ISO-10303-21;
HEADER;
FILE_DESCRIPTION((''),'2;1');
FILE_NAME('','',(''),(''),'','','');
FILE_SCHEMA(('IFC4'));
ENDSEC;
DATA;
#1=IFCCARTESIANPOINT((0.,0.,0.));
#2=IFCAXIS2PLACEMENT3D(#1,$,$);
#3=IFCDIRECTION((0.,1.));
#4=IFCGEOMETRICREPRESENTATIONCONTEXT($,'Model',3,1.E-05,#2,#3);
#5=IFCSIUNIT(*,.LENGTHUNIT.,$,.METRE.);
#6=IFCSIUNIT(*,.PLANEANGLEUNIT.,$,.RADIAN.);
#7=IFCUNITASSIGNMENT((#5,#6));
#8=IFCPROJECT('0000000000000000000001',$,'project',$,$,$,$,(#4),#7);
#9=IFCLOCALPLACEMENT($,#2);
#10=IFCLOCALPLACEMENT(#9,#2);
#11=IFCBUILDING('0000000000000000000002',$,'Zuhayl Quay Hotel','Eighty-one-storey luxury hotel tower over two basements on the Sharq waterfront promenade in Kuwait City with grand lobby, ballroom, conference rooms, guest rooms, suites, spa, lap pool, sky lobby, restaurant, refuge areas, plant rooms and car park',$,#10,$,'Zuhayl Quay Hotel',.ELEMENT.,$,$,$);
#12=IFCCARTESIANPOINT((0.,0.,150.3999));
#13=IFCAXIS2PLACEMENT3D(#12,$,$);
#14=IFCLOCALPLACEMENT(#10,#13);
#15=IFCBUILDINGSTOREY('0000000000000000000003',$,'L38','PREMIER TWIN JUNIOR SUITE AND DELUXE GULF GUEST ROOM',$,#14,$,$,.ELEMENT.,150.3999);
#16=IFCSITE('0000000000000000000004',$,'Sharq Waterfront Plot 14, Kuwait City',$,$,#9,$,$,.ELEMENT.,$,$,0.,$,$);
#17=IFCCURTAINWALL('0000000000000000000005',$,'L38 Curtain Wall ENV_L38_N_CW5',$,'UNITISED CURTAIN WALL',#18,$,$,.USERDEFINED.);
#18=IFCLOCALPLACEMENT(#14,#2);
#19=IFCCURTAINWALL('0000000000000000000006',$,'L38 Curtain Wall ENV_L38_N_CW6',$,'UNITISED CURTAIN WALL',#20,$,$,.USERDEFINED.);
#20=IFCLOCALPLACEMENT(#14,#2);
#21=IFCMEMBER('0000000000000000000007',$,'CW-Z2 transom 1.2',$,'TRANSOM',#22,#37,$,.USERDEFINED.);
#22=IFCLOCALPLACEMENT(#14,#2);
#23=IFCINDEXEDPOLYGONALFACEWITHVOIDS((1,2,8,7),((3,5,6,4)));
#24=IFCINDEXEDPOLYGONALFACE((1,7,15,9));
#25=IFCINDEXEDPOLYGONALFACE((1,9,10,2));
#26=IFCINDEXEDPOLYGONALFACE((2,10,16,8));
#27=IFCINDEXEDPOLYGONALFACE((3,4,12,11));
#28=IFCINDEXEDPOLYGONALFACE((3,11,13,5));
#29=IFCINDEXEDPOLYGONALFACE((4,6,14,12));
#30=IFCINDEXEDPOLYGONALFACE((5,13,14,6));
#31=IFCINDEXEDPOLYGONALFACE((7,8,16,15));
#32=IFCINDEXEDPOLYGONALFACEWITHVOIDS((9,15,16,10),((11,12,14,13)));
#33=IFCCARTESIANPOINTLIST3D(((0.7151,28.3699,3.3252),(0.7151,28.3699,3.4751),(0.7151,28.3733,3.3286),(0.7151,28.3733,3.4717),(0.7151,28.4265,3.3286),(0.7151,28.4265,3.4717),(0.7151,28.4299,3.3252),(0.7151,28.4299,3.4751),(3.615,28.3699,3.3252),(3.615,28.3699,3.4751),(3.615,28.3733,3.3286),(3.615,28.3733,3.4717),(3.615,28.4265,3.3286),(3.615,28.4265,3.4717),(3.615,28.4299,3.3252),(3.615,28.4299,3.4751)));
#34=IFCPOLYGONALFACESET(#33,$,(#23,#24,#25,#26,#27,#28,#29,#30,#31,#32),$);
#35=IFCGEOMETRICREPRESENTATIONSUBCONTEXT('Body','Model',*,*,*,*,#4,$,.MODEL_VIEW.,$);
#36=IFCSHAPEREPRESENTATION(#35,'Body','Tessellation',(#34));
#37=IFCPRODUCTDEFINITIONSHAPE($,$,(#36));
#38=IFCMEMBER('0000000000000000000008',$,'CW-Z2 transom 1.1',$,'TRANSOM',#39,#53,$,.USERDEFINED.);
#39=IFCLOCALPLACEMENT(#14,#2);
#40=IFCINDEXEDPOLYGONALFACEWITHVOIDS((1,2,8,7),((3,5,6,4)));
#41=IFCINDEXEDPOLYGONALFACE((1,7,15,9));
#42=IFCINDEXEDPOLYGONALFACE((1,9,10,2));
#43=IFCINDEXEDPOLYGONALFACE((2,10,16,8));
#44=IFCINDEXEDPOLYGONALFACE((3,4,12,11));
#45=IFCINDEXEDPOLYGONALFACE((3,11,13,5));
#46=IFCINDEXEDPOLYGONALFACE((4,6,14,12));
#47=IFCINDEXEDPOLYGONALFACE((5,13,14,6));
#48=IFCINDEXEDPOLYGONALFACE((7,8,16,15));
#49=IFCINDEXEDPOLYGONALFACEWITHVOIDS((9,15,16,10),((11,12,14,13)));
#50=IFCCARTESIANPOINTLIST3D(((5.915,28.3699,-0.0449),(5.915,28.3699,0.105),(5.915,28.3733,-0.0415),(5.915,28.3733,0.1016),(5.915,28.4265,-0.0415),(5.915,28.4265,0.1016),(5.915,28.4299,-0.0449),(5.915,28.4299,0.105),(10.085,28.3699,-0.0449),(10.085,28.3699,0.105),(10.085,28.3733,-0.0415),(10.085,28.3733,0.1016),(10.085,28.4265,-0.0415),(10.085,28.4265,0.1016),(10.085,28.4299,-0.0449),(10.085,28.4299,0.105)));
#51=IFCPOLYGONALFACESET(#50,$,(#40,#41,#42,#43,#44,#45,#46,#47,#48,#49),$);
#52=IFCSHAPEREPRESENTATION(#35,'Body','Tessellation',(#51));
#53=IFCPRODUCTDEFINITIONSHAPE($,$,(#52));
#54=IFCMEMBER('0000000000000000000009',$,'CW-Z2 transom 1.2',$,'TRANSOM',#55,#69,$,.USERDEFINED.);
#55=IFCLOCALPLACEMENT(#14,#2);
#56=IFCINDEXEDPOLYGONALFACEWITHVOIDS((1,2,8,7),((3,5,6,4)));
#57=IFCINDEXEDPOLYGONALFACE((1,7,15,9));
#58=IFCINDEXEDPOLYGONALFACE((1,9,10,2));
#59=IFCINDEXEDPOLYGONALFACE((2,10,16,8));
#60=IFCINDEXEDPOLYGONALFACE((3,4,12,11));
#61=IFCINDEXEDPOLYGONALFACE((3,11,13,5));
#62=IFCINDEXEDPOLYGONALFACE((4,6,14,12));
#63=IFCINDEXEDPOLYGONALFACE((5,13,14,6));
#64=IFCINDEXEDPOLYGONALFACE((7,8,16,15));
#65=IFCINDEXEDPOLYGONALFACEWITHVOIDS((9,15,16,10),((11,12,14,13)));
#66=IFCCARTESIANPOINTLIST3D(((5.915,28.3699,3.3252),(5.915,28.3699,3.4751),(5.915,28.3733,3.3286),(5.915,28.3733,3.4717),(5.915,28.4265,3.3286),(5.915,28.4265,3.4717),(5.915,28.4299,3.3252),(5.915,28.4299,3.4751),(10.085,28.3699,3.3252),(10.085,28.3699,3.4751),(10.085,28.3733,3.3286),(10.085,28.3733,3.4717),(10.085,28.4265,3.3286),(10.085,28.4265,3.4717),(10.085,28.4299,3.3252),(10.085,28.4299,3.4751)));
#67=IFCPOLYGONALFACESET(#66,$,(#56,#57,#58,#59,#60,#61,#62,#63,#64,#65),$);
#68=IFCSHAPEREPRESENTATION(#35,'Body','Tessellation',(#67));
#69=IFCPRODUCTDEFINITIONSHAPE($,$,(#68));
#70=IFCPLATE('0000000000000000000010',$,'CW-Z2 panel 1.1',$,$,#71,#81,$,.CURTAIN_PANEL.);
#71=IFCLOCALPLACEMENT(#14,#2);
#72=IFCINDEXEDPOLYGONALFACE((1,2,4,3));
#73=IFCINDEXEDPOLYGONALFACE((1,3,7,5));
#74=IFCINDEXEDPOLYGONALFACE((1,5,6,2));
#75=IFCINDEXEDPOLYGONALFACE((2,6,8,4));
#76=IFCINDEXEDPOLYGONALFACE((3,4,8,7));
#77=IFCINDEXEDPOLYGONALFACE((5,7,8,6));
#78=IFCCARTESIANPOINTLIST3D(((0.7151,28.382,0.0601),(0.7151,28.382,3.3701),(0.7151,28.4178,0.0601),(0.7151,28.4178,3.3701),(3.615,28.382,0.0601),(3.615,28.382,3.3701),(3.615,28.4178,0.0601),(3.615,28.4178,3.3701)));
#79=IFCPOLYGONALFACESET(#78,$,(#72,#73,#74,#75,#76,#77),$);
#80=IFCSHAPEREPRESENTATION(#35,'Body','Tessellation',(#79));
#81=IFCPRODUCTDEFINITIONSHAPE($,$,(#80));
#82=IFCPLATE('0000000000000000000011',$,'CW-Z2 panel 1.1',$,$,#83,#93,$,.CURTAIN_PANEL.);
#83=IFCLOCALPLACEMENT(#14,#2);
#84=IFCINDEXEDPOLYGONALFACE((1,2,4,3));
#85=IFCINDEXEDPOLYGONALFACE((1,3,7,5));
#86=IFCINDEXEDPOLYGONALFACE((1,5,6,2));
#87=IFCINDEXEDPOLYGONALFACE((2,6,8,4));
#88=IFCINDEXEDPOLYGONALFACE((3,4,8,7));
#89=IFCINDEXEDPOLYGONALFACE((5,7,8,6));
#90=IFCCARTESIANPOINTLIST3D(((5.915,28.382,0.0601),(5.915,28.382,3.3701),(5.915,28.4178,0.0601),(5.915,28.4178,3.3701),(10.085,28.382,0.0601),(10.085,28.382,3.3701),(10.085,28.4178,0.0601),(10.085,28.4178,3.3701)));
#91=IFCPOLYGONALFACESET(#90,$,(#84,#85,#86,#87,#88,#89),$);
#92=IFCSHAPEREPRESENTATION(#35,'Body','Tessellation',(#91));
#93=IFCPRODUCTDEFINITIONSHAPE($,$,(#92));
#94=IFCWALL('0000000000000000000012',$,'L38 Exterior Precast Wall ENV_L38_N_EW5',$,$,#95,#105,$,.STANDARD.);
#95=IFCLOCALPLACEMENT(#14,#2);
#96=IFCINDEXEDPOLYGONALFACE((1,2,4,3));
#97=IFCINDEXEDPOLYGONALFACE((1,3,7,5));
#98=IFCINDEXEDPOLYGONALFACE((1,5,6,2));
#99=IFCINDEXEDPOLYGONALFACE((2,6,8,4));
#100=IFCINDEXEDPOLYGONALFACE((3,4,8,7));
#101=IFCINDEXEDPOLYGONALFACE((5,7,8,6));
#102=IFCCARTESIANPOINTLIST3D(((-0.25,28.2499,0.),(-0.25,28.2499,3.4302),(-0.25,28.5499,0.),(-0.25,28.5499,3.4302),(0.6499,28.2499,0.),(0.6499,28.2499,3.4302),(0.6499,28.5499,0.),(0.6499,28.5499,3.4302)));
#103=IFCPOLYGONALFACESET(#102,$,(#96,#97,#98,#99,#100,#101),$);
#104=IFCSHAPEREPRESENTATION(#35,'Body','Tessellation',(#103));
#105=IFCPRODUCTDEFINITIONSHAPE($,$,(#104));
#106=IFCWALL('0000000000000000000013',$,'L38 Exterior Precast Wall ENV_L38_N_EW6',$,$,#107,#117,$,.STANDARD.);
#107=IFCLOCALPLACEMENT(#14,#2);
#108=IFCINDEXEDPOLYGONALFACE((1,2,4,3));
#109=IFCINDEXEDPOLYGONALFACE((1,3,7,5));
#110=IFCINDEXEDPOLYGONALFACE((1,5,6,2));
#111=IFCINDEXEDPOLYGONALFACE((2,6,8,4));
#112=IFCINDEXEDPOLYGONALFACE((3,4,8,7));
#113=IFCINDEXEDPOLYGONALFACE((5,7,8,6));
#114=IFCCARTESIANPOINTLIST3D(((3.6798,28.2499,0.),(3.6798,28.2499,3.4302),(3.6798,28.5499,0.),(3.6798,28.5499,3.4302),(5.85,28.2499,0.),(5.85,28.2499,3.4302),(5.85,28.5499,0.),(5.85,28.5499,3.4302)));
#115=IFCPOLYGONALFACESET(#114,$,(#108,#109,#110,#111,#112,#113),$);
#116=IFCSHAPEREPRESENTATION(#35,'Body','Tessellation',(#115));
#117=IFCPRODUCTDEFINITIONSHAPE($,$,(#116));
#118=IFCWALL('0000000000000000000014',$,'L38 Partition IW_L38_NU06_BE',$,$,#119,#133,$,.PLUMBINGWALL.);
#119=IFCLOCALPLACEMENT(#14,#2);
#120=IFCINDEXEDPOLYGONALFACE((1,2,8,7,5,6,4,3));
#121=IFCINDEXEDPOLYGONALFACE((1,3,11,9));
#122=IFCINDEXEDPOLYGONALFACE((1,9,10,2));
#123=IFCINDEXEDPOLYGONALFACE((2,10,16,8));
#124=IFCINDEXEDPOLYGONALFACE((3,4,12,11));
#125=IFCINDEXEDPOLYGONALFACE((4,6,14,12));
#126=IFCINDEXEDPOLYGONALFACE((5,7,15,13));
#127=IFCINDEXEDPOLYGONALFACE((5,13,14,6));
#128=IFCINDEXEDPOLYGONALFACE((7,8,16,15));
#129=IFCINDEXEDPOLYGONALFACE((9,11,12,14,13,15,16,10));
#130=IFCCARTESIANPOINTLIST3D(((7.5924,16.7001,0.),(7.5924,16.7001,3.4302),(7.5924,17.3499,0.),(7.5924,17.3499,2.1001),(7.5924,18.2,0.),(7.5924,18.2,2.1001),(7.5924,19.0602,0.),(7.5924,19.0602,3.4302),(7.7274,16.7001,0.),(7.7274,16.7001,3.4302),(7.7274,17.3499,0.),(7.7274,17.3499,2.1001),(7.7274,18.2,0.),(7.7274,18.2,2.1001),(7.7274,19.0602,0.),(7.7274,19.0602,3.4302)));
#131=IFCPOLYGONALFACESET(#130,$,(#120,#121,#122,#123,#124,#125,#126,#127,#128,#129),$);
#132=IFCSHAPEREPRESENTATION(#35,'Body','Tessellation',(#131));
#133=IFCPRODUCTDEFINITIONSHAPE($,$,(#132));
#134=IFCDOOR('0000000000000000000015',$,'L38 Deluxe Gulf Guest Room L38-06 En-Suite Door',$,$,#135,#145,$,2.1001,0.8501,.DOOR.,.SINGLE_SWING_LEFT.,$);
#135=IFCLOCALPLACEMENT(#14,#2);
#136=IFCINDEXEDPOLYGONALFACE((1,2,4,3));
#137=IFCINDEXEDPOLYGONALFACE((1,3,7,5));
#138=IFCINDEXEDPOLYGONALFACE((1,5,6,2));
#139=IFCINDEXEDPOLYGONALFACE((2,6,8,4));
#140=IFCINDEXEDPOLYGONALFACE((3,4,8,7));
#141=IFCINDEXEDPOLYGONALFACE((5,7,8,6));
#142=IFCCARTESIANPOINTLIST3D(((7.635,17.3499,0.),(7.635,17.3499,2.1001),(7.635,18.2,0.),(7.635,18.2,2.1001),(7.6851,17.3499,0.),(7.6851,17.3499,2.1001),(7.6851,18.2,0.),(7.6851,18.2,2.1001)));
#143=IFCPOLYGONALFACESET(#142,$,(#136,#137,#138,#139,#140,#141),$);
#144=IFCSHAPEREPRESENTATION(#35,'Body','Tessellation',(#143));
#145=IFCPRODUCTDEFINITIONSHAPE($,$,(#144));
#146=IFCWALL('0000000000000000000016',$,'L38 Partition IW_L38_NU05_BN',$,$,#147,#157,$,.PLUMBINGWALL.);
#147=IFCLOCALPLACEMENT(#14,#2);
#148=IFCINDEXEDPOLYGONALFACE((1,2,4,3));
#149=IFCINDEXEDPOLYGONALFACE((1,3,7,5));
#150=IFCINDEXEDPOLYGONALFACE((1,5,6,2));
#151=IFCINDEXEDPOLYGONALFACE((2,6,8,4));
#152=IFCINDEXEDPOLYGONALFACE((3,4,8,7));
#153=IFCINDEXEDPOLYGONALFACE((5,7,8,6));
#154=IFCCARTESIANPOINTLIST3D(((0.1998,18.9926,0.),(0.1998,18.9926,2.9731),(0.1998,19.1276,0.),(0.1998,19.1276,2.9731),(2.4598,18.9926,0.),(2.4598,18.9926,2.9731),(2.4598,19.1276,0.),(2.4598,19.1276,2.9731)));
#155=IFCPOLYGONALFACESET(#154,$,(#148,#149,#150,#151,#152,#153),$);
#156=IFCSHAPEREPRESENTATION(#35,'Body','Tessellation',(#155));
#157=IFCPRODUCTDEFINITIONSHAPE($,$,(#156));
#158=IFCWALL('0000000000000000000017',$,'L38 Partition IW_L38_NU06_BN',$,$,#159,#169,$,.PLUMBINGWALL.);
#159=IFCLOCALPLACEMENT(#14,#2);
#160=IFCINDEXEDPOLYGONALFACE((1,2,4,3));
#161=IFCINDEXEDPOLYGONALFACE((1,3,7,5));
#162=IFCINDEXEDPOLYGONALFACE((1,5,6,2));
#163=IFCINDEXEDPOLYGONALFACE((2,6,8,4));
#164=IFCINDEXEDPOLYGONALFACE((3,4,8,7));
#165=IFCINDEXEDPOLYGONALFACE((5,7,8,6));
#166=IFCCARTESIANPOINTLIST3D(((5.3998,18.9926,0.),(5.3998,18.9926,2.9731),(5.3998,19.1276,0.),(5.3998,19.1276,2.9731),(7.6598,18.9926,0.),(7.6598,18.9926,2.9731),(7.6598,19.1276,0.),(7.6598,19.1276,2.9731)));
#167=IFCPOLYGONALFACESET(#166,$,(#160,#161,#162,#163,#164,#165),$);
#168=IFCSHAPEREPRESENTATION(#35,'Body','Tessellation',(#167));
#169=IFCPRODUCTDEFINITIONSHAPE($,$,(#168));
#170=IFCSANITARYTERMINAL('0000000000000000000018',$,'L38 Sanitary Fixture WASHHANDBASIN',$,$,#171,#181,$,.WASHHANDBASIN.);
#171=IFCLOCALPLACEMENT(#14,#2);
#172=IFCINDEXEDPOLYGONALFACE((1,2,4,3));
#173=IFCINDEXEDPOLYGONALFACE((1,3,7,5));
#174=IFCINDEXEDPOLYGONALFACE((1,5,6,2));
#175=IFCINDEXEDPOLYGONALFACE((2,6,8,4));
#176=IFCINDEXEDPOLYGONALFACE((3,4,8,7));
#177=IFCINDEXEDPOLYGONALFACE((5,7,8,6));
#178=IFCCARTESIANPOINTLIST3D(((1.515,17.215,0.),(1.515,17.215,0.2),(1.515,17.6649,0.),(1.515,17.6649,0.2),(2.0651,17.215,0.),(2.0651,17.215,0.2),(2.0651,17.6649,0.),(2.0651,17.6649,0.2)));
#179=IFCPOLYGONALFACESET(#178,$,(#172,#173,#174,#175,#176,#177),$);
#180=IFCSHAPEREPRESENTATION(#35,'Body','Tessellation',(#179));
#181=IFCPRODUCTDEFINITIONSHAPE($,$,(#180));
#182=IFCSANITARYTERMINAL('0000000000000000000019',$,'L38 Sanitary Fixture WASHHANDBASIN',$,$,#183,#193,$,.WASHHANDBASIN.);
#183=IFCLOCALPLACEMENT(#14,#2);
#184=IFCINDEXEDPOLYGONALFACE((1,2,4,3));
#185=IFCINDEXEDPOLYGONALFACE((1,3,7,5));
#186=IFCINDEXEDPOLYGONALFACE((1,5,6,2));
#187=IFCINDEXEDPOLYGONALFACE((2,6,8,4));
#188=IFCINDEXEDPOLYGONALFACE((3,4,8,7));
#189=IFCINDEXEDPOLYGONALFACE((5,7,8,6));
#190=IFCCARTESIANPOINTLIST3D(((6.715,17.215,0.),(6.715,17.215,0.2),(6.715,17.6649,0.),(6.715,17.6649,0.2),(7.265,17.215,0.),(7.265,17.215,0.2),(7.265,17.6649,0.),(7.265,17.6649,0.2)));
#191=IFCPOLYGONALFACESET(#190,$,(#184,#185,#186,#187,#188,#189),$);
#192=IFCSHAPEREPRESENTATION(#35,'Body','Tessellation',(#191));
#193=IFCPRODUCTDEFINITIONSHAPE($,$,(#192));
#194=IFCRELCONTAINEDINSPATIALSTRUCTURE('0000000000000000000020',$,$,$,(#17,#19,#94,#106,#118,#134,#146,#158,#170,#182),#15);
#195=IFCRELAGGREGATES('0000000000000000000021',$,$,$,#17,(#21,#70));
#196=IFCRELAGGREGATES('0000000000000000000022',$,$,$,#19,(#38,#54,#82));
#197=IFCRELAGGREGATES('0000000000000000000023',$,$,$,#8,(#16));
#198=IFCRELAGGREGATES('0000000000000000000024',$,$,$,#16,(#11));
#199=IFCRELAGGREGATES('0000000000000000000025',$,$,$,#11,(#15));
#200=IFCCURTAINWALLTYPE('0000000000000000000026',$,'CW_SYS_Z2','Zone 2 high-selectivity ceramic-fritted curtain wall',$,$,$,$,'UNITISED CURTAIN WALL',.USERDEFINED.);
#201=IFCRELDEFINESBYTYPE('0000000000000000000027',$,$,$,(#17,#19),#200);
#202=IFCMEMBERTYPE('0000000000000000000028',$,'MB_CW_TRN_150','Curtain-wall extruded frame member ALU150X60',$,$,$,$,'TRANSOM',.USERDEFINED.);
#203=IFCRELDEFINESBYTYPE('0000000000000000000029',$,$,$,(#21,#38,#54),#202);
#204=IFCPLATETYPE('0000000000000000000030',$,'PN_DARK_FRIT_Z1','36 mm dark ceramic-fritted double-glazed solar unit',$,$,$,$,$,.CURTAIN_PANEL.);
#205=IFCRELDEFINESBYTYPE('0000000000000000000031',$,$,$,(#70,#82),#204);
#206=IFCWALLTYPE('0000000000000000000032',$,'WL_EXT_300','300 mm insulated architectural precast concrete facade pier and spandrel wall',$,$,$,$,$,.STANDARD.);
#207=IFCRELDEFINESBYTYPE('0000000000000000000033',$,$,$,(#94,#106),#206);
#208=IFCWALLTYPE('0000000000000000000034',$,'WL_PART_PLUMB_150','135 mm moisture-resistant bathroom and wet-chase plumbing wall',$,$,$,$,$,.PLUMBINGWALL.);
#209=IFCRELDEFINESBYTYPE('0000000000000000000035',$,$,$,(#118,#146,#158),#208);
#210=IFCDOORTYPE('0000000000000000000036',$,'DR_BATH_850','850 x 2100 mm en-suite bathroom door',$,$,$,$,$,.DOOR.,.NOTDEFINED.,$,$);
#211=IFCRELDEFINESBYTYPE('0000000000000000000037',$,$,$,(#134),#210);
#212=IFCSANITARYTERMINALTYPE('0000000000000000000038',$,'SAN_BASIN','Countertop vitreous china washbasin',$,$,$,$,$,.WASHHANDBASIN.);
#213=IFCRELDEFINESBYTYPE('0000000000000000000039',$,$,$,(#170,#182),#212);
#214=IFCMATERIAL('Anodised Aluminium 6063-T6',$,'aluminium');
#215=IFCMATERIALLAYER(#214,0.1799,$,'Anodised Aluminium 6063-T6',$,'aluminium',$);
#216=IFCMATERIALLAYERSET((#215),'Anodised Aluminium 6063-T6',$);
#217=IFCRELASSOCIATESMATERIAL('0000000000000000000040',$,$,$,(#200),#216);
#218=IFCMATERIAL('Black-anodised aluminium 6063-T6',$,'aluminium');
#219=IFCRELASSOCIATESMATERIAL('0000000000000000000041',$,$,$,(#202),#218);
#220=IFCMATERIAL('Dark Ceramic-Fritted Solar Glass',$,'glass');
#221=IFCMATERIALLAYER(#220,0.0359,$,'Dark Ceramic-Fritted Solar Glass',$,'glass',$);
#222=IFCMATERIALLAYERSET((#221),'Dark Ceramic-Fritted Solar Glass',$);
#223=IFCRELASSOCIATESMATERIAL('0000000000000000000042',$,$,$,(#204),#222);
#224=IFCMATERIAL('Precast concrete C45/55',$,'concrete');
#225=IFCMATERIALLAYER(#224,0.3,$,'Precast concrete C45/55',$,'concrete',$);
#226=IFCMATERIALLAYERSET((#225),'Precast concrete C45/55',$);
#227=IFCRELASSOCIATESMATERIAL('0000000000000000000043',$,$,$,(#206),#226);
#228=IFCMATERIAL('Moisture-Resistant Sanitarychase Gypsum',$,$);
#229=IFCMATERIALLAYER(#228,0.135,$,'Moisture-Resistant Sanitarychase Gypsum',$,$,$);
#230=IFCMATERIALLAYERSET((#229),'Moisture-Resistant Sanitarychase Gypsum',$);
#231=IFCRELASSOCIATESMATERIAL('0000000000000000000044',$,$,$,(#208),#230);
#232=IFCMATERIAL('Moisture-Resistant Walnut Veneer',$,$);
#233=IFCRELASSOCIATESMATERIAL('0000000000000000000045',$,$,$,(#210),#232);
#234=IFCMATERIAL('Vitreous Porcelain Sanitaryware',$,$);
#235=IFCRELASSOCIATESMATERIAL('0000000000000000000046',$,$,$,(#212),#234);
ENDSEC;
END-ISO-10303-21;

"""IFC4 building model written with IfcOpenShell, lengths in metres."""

from ifc_helpers import new_model, si_unit, direction, frame, frame_2d, origin, origin_2d, place, context, subcontext, project, spatial, rectangle, hollow_rectangle, extrude, material, layer, layer_set, material_profile, profile_set, type_object, element, fill, aggregate, save


model = new_model("IFC4")

# Units and contexts
model_context = context("Model", 3, precision=1e-05, world=origin(), true_north=direction((0.0, 1.0)))
body_context = subcontext(model_context, "Body", "Model", "MODEL_VIEW")
ifc_project = project(units=[si_unit("LENGTHUNIT", "METRE"), si_unit("PLANEANGLEUNIT", "RADIAN")], contexts=[model_context])

# Site, building, storey
site_placement = place(None, origin())
site = spatial("IfcSite", under=ifc_project, at=site_placement, Name="Sharq Waterfront Plot 14, Kuwait City", CompositionType="ELEMENT", RefElevation=0.0)
building_placement = place(site_placement, origin())
building = spatial("IfcBuilding", under=site, at=building_placement, Name="Zuhayl Quay Hotel", Description="Eighty-one-storey luxury hotel tower over two basements on the Sharq waterfront promenade in Kuwait City with grand lobby, ballroom, conference rooms, guest rooms, suites, spa, lap pool, sky lobby, restaurant, refuge areas, plant rooms and car park", LongName="Zuhayl Quay Hotel", CompositionType="ELEMENT")
storey_placement = place(building_placement, frame((0.0, 0.0, 150.3999)))
storey = spatial("IfcBuildingStorey", under=building, at=storey_placement, Name="L38", Description="PREMIER TWIN JUNIOR SUITE AND DELUXE GULF GUEST ROOM", CompositionType="ELEMENT", Elevation=150.3999)

# Shared definitions
ifc_material_1 = material(Name="Anodised Aluminium 6063-T6", Category="aluminium")
ifc_layer_1 = layer(ifc_material_1, 0.1799, Name="Anodised Aluminium 6063-T6", Category="aluminium")
ifc_layer_set_1 = layer_set([ifc_layer_1], Name="Anodised Aluminium 6063-T6")
curtain_wall_type = type_object("IfcCurtainWallType", Name="CW_SYS_Z2", Description="Zone 2 high-selectivity ceramic-fritted curtain wall", ElementType="UNITISED CURTAIN WALL", PredefinedType="USERDEFINED", material=ifc_layer_set_1)
ifc_material_2 = material(Name="Black-anodised aluminium 6063-T6", Category="aluminium")

# Curtain wall
curtain_wall_1_placement = place(storey_placement, origin())
curtain_wall_1 = element("IfcCurtainWall", 1, at=curtain_wall_1_placement, inside=storey, type_object=curtain_wall_type, Name="L38 Curtain Wall ENV_L38_N_CW5", ObjectType="UNITISED CURTAIN WALL", PredefinedType="USERDEFINED")

# Curtain wall
curtain_wall_2_placement = place(storey_placement, origin())
curtain_wall_2 = element("IfcCurtainWall", 2, at=curtain_wall_2_placement, inside=storey, type_object=curtain_wall_type, Name="L38 Curtain Wall ENV_L38_N_CW6", ObjectType="UNITISED CURTAIN WALL", PredefinedType="USERDEFINED")

# Members
ifc_material_profile_1 = material_profile(ifc_material_2, hollow_rectangle(XDim=0.0601, YDim=0.1499, WallThickness=0.0034, at=origin_2d()), Name="ALU150X60")
ifc_profile_set_1 = profile_set([ifc_material_profile_1], Name="Black-anodised aluminium 6063-T6")
member_type_1 = type_object("IfcMemberType", Name="MB_CW_TRN_150", Description="Curtain-wall extruded frame member ALU150X60", ElementType="TRANSOM", PredefinedType="USERDEFINED", material=ifc_profile_set_1)
member_1_placement = place(storey_placement, frame((0.7151, 28.3999, 3.4001), z_axis=(1.0, 0.0, 0.0), x_axis=(0.0, 1.0, 0.0)))
member_1 = element("IfcMember", 3, at=member_1_placement, type_object=member_type_1, Name="CW-Z2 transom 1.2", ObjectType="TRANSOM", PredefinedType="USERDEFINED", context=body_context, shape_type="SweptSolid", body=[
    extrude(hollow_rectangle(XDim=0.0601, YDim=0.1499, WallThickness=0.0034, at=origin_2d()), origin(), (0.0, 0.0, 1.0), 2.8999),
])
member_2_placement = place(storey_placement, frame((5.915, 28.3999, 0.03), z_axis=(1.0, 0.0, 0.0), x_axis=(0.0, 1.0, 0.0)))
member_2 = element("IfcMember", 4, at=member_2_placement, type_object=member_type_1, Name="CW-Z2 transom 1.1", ObjectType="TRANSOM", PredefinedType="USERDEFINED", context=body_context, shape_type="SweptSolid", body=[
    extrude(hollow_rectangle(XDim=0.0601, YDim=0.1499, WallThickness=0.0034, at=origin_2d()), origin(), (0.0, 0.0, 1.0), 4.1699),
])
member_3_placement = place(storey_placement, frame((5.915, 28.3999, 3.4001), z_axis=(1.0, 0.0, 0.0), x_axis=(0.0, 1.0, 0.0)))
member_3 = element("IfcMember", 5, at=member_3_placement, type_object=member_type_1, Name="CW-Z2 transom 1.2", ObjectType="TRANSOM", PredefinedType="USERDEFINED", context=body_context, shape_type="SweptSolid", body=[
    extrude(hollow_rectangle(XDim=0.0601, YDim=0.1499, WallThickness=0.0034, at=origin_2d()), origin(), (0.0, 0.0, 1.0), 4.1699),
])

# Plates
ifc_material_3 = material(Name="Dark Ceramic-Fritted Solar Glass", Category="glass")
ifc_layer_2 = layer(ifc_material_3, 0.0359, Name="Dark Ceramic-Fritted Solar Glass", Category="glass")
ifc_layer_set_2 = layer_set([ifc_layer_2], Name="Dark Ceramic-Fritted Solar Glass")
plate_type = type_object("IfcPlateType", Name="PN_DARK_FRIT_Z1", Description="36 mm dark ceramic-fritted double-glazed solar unit", PredefinedType="CURTAIN_PANEL", material=ifc_layer_set_2)
plate_1_placement = place(storey_placement, frame((2.165, 28.3999, 0.0601), z_axis=(0.0, 0.0, 1.0), x_axis=(1.0, 0.0, 0.0)))
plate_1 = element("IfcPlate", 6, at=plate_1_placement, type_object=plate_type, Name="CW-Z2 panel 1.1", PredefinedType="CURTAIN_PANEL", context=body_context, shape_type="SweptSolid", body=[
    extrude(rectangle(XDim=2.8999, YDim=0.0359, at=origin_2d()), origin(), (0.0, 0.0, 1.0), 3.3101),
])
aggregate(curtain_wall_1, [member_1, plate_1])
plate_2_placement = place(storey_placement, frame((8.0, 28.3999, 0.0601), z_axis=(0.0, 0.0, 1.0), x_axis=(1.0, 0.0, 0.0)))
plate_2 = element("IfcPlate", 7, at=plate_2_placement, type_object=plate_type, Name="CW-Z2 panel 1.1", PredefinedType="CURTAIN_PANEL", context=body_context, shape_type="SweptSolid", body=[
    extrude(rectangle(XDim=4.1699, YDim=0.0359, at=origin_2d()), origin(), (0.0, 0.0, 1.0), 3.3101),
])
aggregate(curtain_wall_2, [member_2, member_3, plate_2])

# Walls
ifc_material_4 = material(Name="Precast concrete C45/55", Category="concrete")
ifc_layer_3 = layer(ifc_material_4, 0.3, Name="Precast concrete C45/55", Category="concrete")
ifc_layer_set_3 = layer_set([ifc_layer_3], Name="Precast concrete C45/55")
wall_type_1 = type_object("IfcWallType", Name="WL_EXT_300", Description="300 mm insulated architectural precast concrete facade pier and spandrel wall", PredefinedType="STANDARD", material=ifc_layer_set_3)
wall_1_placement = place(storey_placement, frame((-0.25, 28.3999, 0.0), z_axis=(0.0, 0.0, 1.0), x_axis=(1.0, 0.0, 0.0)))
element("IfcWall", 8, at=wall_1_placement, inside=storey, type_object=wall_type_1, Name="L38 Exterior Precast Wall ENV_L38_N_EW5", PredefinedType="STANDARD", context=body_context, shape_type="SweptSolid", body=[
    extrude(rectangle(XDim=0.8999, YDim=0.3, at=frame_2d((0.45, 0.0))), origin(), (0.0, 0.0, 1.0), 3.4302),
])
wall_2_placement = place(storey_placement, frame((3.6799, 28.3999, 0.0), z_axis=(0.0, 0.0, 1.0), x_axis=(1.0, 0.0, 0.0)))
element("IfcWall", 9, at=wall_2_placement, inside=storey, type_object=wall_type_1, Name="L38 Exterior Precast Wall ENV_L38_N_EW6", PredefinedType="STANDARD", context=body_context, shape_type="SweptSolid", body=[
    extrude(rectangle(XDim=2.1702, YDim=0.3, at=frame_2d((1.085, 0.0))), origin(), (0.0, 0.0, 1.0), 3.4302),
])

# Wall, opening, door
ifc_material_5 = material(Name="Moisture-Resistant Sanitarychase Gypsum")
ifc_layer_4 = layer(ifc_material_5, 0.135, Name="Moisture-Resistant Sanitarychase Gypsum")
ifc_layer_set_4 = layer_set([ifc_layer_4], Name="Moisture-Resistant Sanitarychase Gypsum")
wall_type_2 = type_object("IfcWallType", Name="WL_PART_PLUMB_150", Description="135 mm moisture-resistant bathroom and wet-chase plumbing wall", PredefinedType="PLUMBINGWALL", material=ifc_layer_set_4)
wall_3_placement = place(storey_placement, frame((7.6599, 16.7, 0.0), z_axis=(0.0, 0.0, 1.0), x_axis=(0.0, 1.0, 0.0)))
wall_3 = element("IfcWall", 10, at=wall_3_placement, inside=storey, type_object=wall_type_2, Name="L38 Partition IW_L38_NU06_BE", PredefinedType="PLUMBINGWALL", context=body_context, shape_type="SweptSolid", body=[
    extrude(rectangle(XDim=2.3601, YDim=0.135, at=frame_2d((1.1802, 0.0))), origin(), (0.0, 0.0, 1.0), 3.4302),
])
opening_placement = place(wall_3_placement, frame((0.6499, 0.0, 0.0)))
opening = element("IfcOpeningElement", 11, at=opening_placement, cuts=wall_3, PredefinedType="OPENING", context=body_context, shape_type="SweptSolid", body=[
    extrude(rectangle(XDim=0.8501, YDim=2.1001, at=frame_2d((0.425, 1.05))), frame((0.0, 0.0774, 0.0), z_axis=(0.0, -1.0, 0.0), x_axis=(1.0, 0.0, 0.0)), (0.0, 0.0, 1.0), 0.155),
])
ifc_material_6 = material(Name="Moisture-Resistant Walnut Veneer")
door_type = type_object("IfcDoorType", Name="DR_BATH_850", Description="850 x 2100 mm en-suite bathroom door", OperationType="NOTDEFINED", PredefinedType="DOOR", material=ifc_material_6)
door_placement = place(opening_placement, origin())
door = element("IfcDoor", 12, at=door_placement, inside=storey, type_object=door_type, Name="L38 Deluxe Gulf Guest Room L38-06 En-Suite Door", OperationType="SINGLE_SWING_LEFT", OverallHeight=2.1001, OverallWidth=0.8501, PredefinedType="DOOR", context=body_context, shape_type="SweptSolid", body=[
    extrude(rectangle(XDim=0.8501, YDim=2.1001, at=frame_2d((0.425, 1.05))), frame((0.0, 0.0249, 0.0), z_axis=(0.0, -1.0, 0.0), x_axis=(1.0, 0.0, 0.0)), (0.0, 0.0, 1.0), 0.05),
])
fill(opening, door)

# Walls
for number, where, z_axis, x_axis, name in (
    (13, (0.2, 19.0601, 0.0), (0.0, 0.0, 1.0), (1.0, 0.0, 0.0), "L38 Partition IW_L38_NU05_BN"),
    (14, (5.3999, 19.0601, 0.0), (0.0, 0.0, 1.0), (1.0, 0.0, 0.0), "L38 Partition IW_L38_NU06_BN"),
):
    element("IfcWall", number, at=place(storey_placement, frame(where, z_axis=z_axis, x_axis=x_axis)), inside=storey, type_object=wall_type_2, Name=name, PredefinedType="PLUMBINGWALL", context=body_context, shape_type="SweptSolid", body=[
        extrude(rectangle(XDim=2.26, YDim=0.135, at=frame_2d((1.1299, 0.0))), origin(), (0.0, 0.0, 1.0), 2.9731),
    ])

# Sanitary terminals
ifc_material_7 = material(Name="Vitreous Porcelain Sanitaryware")
sanitary_terminal_type_1 = type_object("IfcSanitaryTerminalType", Name="SAN_BASIN", Description="Countertop vitreous china washbasin", PredefinedType="WASHHANDBASIN", material=ifc_material_7)
for number, where, z_axis, x_axis, name in (
    (15, (1.79, 17.4399, 0.0), (0.0, 0.0, 1.0), (1.0, 0.0, 0.0), "L38 Sanitary Fixture WASHHANDBASIN"),
    (16, (6.99, 17.4399, 0.0), (0.0, 0.0, 1.0), (1.0, 0.0, 0.0), "L38 Sanitary Fixture WASHHANDBASIN"),
):
    element("IfcSanitaryTerminal", number, at=place(storey_placement, frame(where, z_axis=z_axis, x_axis=x_axis)), inside=storey, type_object=sanitary_terminal_type_1, Name=name, PredefinedType="WASHHANDBASIN", context=body_context, shape_type="SweptSolid", body=[
        extrude(rectangle(XDim=0.55, YDim=0.45, at=origin_2d()), origin(), (0.0, 0.0, 1.0), 0.2),
    ])

save(model, "model.ifc")
